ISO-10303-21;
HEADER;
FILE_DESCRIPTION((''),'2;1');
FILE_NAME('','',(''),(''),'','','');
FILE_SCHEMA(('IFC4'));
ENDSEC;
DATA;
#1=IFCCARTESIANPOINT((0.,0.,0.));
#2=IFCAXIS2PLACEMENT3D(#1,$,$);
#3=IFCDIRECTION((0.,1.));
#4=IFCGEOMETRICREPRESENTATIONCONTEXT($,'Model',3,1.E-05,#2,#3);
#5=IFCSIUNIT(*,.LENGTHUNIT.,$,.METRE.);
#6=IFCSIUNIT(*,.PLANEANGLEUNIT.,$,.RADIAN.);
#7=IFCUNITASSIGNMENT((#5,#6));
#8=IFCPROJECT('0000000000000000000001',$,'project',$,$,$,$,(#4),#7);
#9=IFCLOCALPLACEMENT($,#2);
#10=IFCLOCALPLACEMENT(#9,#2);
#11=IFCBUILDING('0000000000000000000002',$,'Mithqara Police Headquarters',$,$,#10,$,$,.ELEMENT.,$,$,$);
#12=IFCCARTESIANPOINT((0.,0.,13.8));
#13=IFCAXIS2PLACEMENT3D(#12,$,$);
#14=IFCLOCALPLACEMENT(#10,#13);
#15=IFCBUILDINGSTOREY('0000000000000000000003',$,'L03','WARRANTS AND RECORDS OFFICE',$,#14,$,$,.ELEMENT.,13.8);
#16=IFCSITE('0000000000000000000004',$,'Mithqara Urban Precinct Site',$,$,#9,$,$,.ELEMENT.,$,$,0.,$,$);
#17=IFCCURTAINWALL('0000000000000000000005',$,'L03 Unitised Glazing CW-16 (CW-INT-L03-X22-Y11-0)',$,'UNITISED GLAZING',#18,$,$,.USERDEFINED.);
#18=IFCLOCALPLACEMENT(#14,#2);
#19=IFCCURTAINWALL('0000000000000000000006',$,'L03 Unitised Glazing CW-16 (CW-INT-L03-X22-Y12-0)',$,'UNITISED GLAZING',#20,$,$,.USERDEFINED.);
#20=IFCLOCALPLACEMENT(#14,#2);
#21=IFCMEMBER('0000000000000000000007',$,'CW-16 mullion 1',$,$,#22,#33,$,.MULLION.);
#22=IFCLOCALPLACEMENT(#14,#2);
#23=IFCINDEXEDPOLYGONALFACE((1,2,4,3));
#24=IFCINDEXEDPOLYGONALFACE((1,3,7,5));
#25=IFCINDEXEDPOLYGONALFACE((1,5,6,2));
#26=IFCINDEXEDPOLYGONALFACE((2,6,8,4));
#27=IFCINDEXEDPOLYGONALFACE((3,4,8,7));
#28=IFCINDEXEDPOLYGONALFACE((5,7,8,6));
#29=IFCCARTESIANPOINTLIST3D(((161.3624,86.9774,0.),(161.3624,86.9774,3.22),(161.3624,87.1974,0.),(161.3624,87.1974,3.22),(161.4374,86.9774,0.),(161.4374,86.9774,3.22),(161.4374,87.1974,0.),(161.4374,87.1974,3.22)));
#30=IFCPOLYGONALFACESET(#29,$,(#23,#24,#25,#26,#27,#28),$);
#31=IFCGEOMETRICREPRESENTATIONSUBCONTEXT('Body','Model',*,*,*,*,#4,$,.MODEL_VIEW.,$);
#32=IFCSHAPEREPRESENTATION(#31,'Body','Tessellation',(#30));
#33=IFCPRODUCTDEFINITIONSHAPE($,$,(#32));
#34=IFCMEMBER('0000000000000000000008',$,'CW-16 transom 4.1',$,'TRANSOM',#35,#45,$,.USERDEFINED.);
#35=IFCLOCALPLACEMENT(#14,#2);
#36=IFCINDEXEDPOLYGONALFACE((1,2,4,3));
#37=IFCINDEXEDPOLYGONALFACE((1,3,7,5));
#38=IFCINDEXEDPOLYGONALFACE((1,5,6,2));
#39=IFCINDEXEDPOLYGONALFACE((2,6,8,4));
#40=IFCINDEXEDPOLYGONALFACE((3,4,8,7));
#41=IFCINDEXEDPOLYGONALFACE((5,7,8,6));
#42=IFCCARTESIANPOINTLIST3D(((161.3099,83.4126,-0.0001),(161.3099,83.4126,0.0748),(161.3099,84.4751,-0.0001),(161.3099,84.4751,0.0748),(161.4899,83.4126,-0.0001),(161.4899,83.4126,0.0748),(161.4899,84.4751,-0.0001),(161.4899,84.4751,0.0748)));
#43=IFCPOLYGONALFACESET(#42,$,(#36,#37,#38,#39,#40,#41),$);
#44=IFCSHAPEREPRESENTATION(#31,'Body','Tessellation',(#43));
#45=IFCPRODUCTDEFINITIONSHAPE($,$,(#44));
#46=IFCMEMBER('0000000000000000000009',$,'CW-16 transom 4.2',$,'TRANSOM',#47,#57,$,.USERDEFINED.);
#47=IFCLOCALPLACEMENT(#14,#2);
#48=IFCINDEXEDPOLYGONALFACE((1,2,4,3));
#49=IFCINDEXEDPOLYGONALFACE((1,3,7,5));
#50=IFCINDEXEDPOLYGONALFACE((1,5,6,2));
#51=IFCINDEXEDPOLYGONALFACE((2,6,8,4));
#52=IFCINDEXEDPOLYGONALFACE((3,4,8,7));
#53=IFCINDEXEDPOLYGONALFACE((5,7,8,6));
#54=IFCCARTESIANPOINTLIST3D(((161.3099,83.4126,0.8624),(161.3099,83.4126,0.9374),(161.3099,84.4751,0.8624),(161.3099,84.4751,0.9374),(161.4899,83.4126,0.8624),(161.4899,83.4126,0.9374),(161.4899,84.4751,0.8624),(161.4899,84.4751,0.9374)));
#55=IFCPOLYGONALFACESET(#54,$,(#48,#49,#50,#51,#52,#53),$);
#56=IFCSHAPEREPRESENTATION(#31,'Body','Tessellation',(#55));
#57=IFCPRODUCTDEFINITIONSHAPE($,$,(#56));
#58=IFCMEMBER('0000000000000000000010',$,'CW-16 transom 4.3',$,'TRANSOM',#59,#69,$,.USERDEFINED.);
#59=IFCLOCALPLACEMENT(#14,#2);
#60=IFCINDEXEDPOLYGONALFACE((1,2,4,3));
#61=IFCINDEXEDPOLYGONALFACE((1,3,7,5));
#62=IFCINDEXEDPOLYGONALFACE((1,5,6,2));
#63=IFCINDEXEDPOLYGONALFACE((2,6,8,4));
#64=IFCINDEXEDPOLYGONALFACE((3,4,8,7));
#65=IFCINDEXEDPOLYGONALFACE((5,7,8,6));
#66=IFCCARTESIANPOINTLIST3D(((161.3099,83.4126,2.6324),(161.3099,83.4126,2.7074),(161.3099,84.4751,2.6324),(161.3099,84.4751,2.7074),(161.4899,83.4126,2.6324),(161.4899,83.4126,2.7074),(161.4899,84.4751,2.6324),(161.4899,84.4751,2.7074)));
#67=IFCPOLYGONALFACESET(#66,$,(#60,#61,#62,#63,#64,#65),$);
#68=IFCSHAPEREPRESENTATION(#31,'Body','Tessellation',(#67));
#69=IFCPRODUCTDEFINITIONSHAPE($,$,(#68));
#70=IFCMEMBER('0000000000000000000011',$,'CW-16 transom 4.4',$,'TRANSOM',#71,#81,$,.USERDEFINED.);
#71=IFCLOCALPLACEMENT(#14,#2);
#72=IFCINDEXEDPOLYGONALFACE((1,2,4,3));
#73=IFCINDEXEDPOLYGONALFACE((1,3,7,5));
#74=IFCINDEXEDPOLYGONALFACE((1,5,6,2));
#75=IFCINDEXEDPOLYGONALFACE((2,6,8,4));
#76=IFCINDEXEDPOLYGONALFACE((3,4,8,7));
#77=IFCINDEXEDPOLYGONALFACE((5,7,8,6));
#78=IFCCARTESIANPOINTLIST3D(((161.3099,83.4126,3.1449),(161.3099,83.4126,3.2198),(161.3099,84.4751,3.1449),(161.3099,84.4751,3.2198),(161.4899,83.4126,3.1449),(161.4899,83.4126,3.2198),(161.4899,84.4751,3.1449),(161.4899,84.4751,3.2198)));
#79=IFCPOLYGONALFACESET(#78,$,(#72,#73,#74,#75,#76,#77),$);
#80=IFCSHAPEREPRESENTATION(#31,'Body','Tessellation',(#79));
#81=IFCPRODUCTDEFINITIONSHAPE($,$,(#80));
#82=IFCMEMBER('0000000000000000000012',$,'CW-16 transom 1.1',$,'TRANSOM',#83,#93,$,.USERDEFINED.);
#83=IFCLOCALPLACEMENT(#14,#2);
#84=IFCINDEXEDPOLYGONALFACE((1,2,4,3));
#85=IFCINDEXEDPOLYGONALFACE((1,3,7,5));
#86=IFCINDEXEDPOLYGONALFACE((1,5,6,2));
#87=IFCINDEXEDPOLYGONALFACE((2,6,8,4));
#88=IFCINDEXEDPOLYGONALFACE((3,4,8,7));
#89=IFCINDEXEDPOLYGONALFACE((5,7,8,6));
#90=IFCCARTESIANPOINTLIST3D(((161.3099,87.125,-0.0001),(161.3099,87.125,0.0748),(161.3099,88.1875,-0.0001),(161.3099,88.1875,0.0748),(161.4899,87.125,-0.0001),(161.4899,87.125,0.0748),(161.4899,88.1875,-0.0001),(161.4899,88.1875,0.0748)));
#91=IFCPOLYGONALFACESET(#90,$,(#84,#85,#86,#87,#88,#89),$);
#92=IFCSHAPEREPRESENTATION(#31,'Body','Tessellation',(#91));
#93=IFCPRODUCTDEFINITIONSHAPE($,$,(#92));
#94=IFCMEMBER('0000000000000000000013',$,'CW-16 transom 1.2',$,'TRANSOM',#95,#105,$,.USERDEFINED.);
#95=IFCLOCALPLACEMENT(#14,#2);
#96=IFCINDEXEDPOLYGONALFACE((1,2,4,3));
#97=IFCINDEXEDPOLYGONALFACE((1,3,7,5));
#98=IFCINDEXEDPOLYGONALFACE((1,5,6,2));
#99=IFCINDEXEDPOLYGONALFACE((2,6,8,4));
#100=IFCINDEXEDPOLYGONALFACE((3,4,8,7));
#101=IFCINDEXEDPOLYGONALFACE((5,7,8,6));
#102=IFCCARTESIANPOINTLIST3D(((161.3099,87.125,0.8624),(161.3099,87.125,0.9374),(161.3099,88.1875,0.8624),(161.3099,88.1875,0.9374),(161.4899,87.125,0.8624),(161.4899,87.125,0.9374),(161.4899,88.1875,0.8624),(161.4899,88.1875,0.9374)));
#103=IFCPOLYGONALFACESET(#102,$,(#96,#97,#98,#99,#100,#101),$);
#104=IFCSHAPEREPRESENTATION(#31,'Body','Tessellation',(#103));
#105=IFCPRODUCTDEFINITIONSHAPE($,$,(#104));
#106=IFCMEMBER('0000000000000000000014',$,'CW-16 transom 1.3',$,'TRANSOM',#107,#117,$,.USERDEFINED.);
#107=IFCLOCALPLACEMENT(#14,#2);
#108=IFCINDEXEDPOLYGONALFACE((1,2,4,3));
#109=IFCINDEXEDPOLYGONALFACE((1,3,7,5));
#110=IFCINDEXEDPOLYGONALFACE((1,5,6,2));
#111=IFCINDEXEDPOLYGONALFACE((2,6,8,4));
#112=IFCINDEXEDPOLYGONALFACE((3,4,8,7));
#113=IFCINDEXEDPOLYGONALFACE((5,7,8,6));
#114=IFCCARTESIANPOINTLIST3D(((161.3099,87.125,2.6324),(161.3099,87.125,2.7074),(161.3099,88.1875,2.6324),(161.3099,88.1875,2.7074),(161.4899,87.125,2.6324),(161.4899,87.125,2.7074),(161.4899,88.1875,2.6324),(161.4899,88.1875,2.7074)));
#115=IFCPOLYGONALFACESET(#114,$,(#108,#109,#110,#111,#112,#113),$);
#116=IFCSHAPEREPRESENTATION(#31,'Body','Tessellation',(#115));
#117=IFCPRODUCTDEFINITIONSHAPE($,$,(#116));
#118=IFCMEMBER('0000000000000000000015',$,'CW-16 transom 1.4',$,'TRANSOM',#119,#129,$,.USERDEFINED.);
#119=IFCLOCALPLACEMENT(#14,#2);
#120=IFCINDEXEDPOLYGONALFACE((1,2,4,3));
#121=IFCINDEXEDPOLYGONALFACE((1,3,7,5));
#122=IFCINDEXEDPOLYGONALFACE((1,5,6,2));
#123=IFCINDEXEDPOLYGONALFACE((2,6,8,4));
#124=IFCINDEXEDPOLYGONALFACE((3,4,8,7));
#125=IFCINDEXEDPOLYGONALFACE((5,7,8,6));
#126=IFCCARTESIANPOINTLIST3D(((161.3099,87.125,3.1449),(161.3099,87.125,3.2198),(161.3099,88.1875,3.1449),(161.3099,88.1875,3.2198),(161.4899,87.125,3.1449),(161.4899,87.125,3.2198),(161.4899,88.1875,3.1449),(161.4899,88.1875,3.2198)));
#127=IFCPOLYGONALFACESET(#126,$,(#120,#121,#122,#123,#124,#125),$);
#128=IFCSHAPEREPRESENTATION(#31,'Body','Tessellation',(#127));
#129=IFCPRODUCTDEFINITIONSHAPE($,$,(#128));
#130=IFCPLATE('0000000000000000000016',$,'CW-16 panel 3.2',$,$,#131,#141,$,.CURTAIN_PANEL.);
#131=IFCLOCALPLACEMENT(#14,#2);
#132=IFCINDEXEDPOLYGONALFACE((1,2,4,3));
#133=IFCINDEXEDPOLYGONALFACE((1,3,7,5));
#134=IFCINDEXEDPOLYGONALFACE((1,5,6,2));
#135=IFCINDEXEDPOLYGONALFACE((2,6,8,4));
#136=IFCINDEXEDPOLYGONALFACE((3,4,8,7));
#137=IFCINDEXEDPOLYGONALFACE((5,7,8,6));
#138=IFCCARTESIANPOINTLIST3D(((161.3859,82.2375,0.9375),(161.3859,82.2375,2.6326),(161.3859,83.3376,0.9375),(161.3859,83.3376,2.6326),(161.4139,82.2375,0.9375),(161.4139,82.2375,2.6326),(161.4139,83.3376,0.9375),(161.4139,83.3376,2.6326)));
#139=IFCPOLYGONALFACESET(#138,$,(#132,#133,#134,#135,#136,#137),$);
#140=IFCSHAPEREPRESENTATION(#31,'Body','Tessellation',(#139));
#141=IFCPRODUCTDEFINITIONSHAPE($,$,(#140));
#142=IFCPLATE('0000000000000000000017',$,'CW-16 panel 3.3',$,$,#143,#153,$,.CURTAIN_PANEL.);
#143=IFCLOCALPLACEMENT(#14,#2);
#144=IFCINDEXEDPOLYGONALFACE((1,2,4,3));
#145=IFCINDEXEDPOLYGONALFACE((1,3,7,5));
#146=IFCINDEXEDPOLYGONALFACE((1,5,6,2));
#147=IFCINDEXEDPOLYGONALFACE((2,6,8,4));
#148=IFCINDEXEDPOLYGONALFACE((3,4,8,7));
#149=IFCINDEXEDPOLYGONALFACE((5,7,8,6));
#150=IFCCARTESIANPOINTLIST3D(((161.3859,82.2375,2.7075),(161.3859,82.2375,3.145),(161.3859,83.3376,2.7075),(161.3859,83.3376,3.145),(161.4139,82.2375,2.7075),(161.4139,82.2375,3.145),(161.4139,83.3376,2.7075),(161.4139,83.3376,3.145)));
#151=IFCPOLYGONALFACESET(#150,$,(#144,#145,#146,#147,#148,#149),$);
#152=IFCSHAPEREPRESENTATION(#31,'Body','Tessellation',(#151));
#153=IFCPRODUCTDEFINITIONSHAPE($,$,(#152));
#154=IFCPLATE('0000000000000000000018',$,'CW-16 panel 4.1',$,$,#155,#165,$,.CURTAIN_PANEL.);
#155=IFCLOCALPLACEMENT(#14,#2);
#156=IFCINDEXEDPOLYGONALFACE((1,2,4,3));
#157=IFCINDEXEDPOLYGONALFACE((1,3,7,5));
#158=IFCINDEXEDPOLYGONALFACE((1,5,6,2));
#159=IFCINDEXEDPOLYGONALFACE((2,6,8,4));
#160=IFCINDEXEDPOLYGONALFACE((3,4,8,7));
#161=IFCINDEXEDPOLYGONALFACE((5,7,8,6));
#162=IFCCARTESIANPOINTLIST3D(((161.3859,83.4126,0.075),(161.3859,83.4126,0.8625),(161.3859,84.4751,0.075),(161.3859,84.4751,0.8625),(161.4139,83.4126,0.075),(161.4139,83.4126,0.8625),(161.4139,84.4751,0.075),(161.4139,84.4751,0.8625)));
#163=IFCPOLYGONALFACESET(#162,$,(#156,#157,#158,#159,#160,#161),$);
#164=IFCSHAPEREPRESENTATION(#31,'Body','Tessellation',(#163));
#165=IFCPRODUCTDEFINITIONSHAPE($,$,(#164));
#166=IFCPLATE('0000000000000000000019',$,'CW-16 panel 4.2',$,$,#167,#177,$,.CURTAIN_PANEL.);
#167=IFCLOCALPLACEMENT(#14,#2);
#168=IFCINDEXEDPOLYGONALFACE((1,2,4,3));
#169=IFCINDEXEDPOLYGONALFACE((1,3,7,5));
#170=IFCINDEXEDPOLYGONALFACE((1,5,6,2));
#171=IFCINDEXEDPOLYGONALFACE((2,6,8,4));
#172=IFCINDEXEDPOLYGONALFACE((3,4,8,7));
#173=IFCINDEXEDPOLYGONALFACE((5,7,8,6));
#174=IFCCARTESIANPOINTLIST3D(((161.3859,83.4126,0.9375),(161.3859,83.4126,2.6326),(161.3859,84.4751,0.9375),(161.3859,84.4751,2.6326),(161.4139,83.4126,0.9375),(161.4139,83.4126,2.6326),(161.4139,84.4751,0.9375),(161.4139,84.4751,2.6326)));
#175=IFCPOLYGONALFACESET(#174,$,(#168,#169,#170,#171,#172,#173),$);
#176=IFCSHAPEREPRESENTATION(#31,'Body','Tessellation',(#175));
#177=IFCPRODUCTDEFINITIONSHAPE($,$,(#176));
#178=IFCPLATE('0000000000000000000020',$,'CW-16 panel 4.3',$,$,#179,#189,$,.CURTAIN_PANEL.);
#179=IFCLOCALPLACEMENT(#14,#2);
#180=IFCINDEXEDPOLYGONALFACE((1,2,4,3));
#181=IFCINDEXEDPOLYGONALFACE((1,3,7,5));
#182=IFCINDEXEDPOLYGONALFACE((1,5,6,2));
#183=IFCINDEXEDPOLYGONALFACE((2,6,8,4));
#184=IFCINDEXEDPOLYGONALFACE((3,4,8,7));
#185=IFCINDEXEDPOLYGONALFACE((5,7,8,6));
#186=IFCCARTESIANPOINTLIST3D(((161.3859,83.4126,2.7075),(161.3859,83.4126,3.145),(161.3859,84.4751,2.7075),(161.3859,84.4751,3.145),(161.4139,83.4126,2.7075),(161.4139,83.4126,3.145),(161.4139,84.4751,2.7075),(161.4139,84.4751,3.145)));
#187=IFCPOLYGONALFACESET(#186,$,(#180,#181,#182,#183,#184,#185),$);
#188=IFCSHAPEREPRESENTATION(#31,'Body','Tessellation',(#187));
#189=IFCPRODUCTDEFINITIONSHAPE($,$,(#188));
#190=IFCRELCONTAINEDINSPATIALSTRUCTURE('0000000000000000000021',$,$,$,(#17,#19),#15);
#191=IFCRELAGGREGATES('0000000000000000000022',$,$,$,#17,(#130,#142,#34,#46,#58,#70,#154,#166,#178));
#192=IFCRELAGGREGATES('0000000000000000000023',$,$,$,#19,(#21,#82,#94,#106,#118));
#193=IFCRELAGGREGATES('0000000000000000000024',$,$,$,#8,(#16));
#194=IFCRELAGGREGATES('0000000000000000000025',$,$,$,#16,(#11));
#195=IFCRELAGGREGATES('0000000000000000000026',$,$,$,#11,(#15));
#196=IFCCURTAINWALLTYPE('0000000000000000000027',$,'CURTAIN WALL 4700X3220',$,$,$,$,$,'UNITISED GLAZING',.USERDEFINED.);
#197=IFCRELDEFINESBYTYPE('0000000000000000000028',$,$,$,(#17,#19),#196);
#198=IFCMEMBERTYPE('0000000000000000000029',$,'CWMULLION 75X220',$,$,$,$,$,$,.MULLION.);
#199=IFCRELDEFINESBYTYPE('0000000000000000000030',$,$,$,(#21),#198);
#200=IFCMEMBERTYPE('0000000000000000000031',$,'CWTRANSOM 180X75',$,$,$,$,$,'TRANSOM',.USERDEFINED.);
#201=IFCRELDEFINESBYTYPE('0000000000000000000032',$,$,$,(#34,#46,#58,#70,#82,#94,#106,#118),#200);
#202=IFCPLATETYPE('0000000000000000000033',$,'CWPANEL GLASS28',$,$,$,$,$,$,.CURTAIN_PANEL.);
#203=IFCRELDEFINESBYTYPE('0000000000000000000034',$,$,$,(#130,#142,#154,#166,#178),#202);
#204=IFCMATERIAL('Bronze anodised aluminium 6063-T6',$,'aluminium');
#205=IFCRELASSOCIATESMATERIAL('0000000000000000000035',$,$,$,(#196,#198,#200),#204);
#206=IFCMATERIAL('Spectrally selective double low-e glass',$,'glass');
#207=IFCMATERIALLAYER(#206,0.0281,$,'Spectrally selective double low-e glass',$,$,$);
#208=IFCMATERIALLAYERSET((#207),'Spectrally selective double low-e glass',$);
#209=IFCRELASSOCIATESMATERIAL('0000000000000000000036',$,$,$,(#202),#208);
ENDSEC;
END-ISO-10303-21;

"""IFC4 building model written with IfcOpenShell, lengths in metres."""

from ifc_helpers import new_model, si_unit, direction, frame, origin, origin_2d, place, context, subcontext, project, spatial, rectangle, extrude, material, layer, layer_set, material_profile, profile_set, type_object, element, aggregate, save


model = new_model("IFC4")

# Units and contexts
model_context = context("Model", 3, precision=1e-05, world=origin(), true_north=direction((0.0, 1.0)))
body_context = subcontext(model_context, "Body", "Model", "MODEL_VIEW")
ifc_project = project(units=[si_unit("LENGTHUNIT", "METRE"), si_unit("PLANEANGLEUNIT", "RADIAN")], contexts=[model_context])

# Site, building, storey
site_placement = place(None, origin())
site = spatial("IfcSite", under=ifc_project, at=site_placement, Name="Mithqara Urban Precinct Site", CompositionType="ELEMENT", RefElevation=0.0)
building_placement = place(site_placement, origin())
building = spatial("IfcBuilding", under=site, at=building_placement, Name="Mithqara Police Headquarters", CompositionType="ELEMENT")
storey_placement = place(building_placement, frame((0.0, 0.0, 13.8)))
storey = spatial("IfcBuildingStorey", under=building, at=storey_placement, Name="L03", Description="WARRANTS AND RECORDS OFFICE", CompositionType="ELEMENT", Elevation=13.8)

# Curtain wall
ifc_material_1 = material(Name="Bronze anodised aluminium 6063-T6", Category="aluminium")
curtain_wall_type = type_object("IfcCurtainWallType", Name="CURTAIN WALL 4700X3220", ElementType="UNITISED GLAZING", PredefinedType="USERDEFINED", material=ifc_material_1)
curtain_wall_1_placement = place(storey_placement, origin())
curtain_wall_1 = element("IfcCurtainWall", 1, at=curtain_wall_1_placement, inside=storey, type_object=curtain_wall_type, Name="L03 Unitised Glazing CW-16 (CW-INT-L03-X22-Y11-0)", ObjectType="UNITISED GLAZING", PredefinedType="USERDEFINED")
ifc_material_profile_1 = material_profile(ifc_material_1, rectangle(XDim=0.075, YDim=0.22, at=origin_2d()), Name="CWM 75x220")
ifc_profile_set_1 = profile_set([ifc_material_profile_1], Name="Bronze anodised aluminium 6063-T6")
member_type_1 = type_object("IfcMemberType", Name="CWMULLION 75X220", PredefinedType="MULLION", material=ifc_profile_set_1)

# Curtain wall, member
curtain_wall_2_placement = place(storey_placement, origin())
curtain_wall_2 = element("IfcCurtainWall", 2, at=curtain_wall_2_placement, inside=storey, type_object=curtain_wall_type, Name="L03 Unitised Glazing CW-16 (CW-INT-L03-X22-Y12-0)", ObjectType="UNITISED GLAZING", PredefinedType="USERDEFINED")
member_1_placement = place(storey_placement, frame((161.3999, 87.0874, 0.0), z_axis=(0.0, 0.0, 1.0), x_axis=(-1.0, 0.0, 0.0)))
member_1 = element("IfcMember", 3, at=member_1_placement, type_object=member_type_1, Name="CW-16 mullion 1", PredefinedType="MULLION", context=body_context, shape_type="SweptSolid", body=[
    extrude(rectangle(XDim=0.075, YDim=0.22, at=origin_2d()), origin(), (0.0, 0.0, 1.0), 3.22),
])

# Members
ifc_material_profile_2 = material_profile(ifc_material_1, rectangle(XDim=0.1799, YDim=0.075, at=origin_2d()), Name="CWT 180x75")
ifc_profile_set_2 = profile_set([ifc_material_profile_2], Name="Bronze anodised aluminium 6063-T6")
member_type_2 = type_object("IfcMemberType", Name="CWTRANSOM 180X75", ElementType="TRANSOM", PredefinedType="USERDEFINED", material=ifc_profile_set_2)
member_2_placement = place(storey_placement, frame((161.3999, 83.4126, 0.0374), z_axis=(0.0, 1.0, 0.0), x_axis=(-1.0, 0.0, 0.0)))
member_2 = element("IfcMember", 4, at=member_2_placement, type_object=member_type_2, Name="CW-16 transom 4.1", ObjectType="TRANSOM", PredefinedType="USERDEFINED", context=body_context, shape_type="SweptSolid", body=[
    extrude(rectangle(XDim=0.1799, YDim=0.075, at=origin_2d()), origin(), (0.0, 0.0, 1.0), 1.0625),
])
member_3_placement = place(storey_placement, frame((161.3999, 83.4126, 0.8999), z_axis=(0.0, 1.0, 0.0), x_axis=(-1.0, 0.0, 0.0)))
member_3 = element("IfcMember", 5, at=member_3_placement, type_object=member_type_2, Name="CW-16 transom 4.2", ObjectType="TRANSOM", PredefinedType="USERDEFINED", context=body_context, shape_type="SweptSolid", body=[
    extrude(rectangle(XDim=0.1799, YDim=0.075, at=origin_2d()), origin(), (0.0, 0.0, 1.0), 1.0625),
])
member_4_placement = place(storey_placement, frame((161.3999, 83.4126, 2.6699), z_axis=(0.0, 1.0, 0.0), x_axis=(-1.0, 0.0, 0.0)))
member_4 = element("IfcMember", 6, at=member_4_placement, type_object=member_type_2, Name="CW-16 transom 4.3", ObjectType="TRANSOM", PredefinedType="USERDEFINED", context=body_context, shape_type="SweptSolid", body=[
    extrude(rectangle(XDim=0.1799, YDim=0.075, at=origin_2d()), origin(), (0.0, 0.0, 1.0), 1.0625),
])
member_5_placement = place(storey_placement, frame((161.3999, 83.4126, 3.1824), z_axis=(0.0, 1.0, 0.0), x_axis=(-1.0, 0.0, 0.0)))
member_5 = element("IfcMember", 7, at=member_5_placement, type_object=member_type_2, Name="CW-16 transom 4.4", ObjectType="TRANSOM", PredefinedType="USERDEFINED", context=body_context, shape_type="SweptSolid", body=[
    extrude(rectangle(XDim=0.1799, YDim=0.075, at=origin_2d()), origin(), (0.0, 0.0, 1.0), 1.0625),
])
member_6_placement = place(storey_placement, frame((161.3999, 87.125, 0.0374), z_axis=(0.0, 1.0, 0.0), x_axis=(-1.0, 0.0, 0.0)))
member_6 = element("IfcMember", 8, at=member_6_placement, type_object=member_type_2, Name="CW-16 transom 1.1", ObjectType="TRANSOM", PredefinedType="USERDEFINED", context=body_context, shape_type="SweptSolid", body=[
    extrude(rectangle(XDim=0.1799, YDim=0.075, at=origin_2d()), origin(), (0.0, 0.0, 1.0), 1.0625),
])
member_7_placement = place(storey_placement, frame((161.3999, 87.125, 0.8999), z_axis=(0.0, 1.0, 0.0), x_axis=(-1.0, 0.0, 0.0)))
member_7 = element("IfcMember", 9, at=member_7_placement, type_object=member_type_2, Name="CW-16 transom 1.2", ObjectType="TRANSOM", PredefinedType="USERDEFINED", context=body_context, shape_type="SweptSolid", body=[
    extrude(rectangle(XDim=0.1799, YDim=0.075, at=origin_2d()), origin(), (0.0, 0.0, 1.0), 1.0625),
])
member_8_placement = place(storey_placement, frame((161.3999, 87.125, 2.6699), z_axis=(0.0, 1.0, 0.0), x_axis=(-1.0, 0.0, 0.0)))
member_8 = element("IfcMember", 10, at=member_8_placement, type_object=member_type_2, Name="CW-16 transom 1.3", ObjectType="TRANSOM", PredefinedType="USERDEFINED", context=body_context, shape_type="SweptSolid", body=[
    extrude(rectangle(XDim=0.1799, YDim=0.075, at=origin_2d()), origin(), (0.0, 0.0, 1.0), 1.0625),
])
member_9_placement = place(storey_placement, frame((161.3999, 87.125, 3.1824), z_axis=(0.0, 1.0, 0.0), x_axis=(-1.0, 0.0, 0.0)))
member_9 = element("IfcMember", 11, at=member_9_placement, type_object=member_type_2, Name="CW-16 transom 1.4", ObjectType="TRANSOM", PredefinedType="USERDEFINED", context=body_context, shape_type="SweptSolid", body=[
    extrude(rectangle(XDim=0.1799, YDim=0.075, at=origin_2d()), origin(), (0.0, 0.0, 1.0), 1.0625),
])

# Plates
ifc_material_2 = material(Name="Spectrally selective double low-e glass", Category="glass")
ifc_layer_1 = layer(ifc_material_2, 0.0281, Name="Spectrally selective double low-e glass")
ifc_layer_set_1 = layer_set([ifc_layer_1], Name="Spectrally selective double low-e glass")
plate_type_1 = type_object("IfcPlateType", Name="CWPANEL GLASS28", PredefinedType="CURTAIN_PANEL", material=ifc_layer_set_1)
plate_1_placement = place(storey_placement, frame((161.3999, 82.7876, 0.9375), z_axis=(0.0, 0.0, 1.0), x_axis=(0.0, 1.0, 0.0)))
plate_1 = element("IfcPlate", 12, at=plate_1_placement, type_object=plate_type_1, Name="CW-16 panel 3.2", PredefinedType="CURTAIN_PANEL", context=body_context, shape_type="SweptSolid", body=[
    extrude(rectangle(XDim=1.1001, YDim=0.0281, at=origin_2d()), origin(), (0.0, 0.0, 1.0), 1.6951),
])
plate_2_placement = place(storey_placement, frame((161.3999, 82.7876, 2.7075), z_axis=(0.0, 0.0, 1.0), x_axis=(0.0, 1.0, 0.0)))
plate_2 = element("IfcPlate", 13, at=plate_2_placement, type_object=plate_type_1, Name="CW-16 panel 3.3", PredefinedType="CURTAIN_PANEL", context=body_context, shape_type="SweptSolid", body=[
    extrude(rectangle(XDim=1.1001, YDim=0.0281, at=origin_2d()), origin(), (0.0, 0.0, 1.0), 0.4375),
])
plate_3_placement = place(storey_placement, frame((161.3999, 83.9438, 0.075), z_axis=(0.0, 0.0, 1.0), x_axis=(0.0, 1.0, 0.0)))
plate_3 = element("IfcPlate", 14, at=plate_3_placement, type_object=plate_type_1, Name="CW-16 panel 4.1", PredefinedType="CURTAIN_PANEL", context=body_context, shape_type="SweptSolid", body=[
    extrude(rectangle(XDim=1.0625, YDim=0.0281, at=origin_2d()), origin(), (0.0, 0.0, 1.0), 0.7876),
])
plate_4_placement = place(storey_placement, frame((161.3999, 83.9438, 0.9375), z_axis=(0.0, 0.0, 1.0), x_axis=(0.0, 1.0, 0.0)))
plate_4 = element("IfcPlate", 15, at=plate_4_placement, type_object=plate_type_1, Name="CW-16 panel 4.2", PredefinedType="CURTAIN_PANEL", context=body_context, shape_type="SweptSolid", body=[
    extrude(rectangle(XDim=1.0625, YDim=0.0281, at=origin_2d()), origin(), (0.0, 0.0, 1.0), 1.6951),
])
plate_5_placement = place(storey_placement, frame((161.3999, 83.9438, 2.7075), z_axis=(0.0, 0.0, 1.0), x_axis=(0.0, 1.0, 0.0)))
plate_5 = element("IfcPlate", 16, at=plate_5_placement, type_object=plate_type_1, Name="CW-16 panel 4.3", PredefinedType="CURTAIN_PANEL", context=body_context, shape_type="SweptSolid", body=[
    extrude(rectangle(XDim=1.0625, YDim=0.0281, at=origin_2d()), origin(), (0.0, 0.0, 1.0), 0.4375),
])
aggregate(curtain_wall_1, [plate_1, plate_2, member_2, member_3, member_4, member_5, plate_3, plate_4, plate_5])
aggregate(curtain_wall_2, [member_1, member_6, member_7, member_8, member_9])

save(model, "model.ifc")
